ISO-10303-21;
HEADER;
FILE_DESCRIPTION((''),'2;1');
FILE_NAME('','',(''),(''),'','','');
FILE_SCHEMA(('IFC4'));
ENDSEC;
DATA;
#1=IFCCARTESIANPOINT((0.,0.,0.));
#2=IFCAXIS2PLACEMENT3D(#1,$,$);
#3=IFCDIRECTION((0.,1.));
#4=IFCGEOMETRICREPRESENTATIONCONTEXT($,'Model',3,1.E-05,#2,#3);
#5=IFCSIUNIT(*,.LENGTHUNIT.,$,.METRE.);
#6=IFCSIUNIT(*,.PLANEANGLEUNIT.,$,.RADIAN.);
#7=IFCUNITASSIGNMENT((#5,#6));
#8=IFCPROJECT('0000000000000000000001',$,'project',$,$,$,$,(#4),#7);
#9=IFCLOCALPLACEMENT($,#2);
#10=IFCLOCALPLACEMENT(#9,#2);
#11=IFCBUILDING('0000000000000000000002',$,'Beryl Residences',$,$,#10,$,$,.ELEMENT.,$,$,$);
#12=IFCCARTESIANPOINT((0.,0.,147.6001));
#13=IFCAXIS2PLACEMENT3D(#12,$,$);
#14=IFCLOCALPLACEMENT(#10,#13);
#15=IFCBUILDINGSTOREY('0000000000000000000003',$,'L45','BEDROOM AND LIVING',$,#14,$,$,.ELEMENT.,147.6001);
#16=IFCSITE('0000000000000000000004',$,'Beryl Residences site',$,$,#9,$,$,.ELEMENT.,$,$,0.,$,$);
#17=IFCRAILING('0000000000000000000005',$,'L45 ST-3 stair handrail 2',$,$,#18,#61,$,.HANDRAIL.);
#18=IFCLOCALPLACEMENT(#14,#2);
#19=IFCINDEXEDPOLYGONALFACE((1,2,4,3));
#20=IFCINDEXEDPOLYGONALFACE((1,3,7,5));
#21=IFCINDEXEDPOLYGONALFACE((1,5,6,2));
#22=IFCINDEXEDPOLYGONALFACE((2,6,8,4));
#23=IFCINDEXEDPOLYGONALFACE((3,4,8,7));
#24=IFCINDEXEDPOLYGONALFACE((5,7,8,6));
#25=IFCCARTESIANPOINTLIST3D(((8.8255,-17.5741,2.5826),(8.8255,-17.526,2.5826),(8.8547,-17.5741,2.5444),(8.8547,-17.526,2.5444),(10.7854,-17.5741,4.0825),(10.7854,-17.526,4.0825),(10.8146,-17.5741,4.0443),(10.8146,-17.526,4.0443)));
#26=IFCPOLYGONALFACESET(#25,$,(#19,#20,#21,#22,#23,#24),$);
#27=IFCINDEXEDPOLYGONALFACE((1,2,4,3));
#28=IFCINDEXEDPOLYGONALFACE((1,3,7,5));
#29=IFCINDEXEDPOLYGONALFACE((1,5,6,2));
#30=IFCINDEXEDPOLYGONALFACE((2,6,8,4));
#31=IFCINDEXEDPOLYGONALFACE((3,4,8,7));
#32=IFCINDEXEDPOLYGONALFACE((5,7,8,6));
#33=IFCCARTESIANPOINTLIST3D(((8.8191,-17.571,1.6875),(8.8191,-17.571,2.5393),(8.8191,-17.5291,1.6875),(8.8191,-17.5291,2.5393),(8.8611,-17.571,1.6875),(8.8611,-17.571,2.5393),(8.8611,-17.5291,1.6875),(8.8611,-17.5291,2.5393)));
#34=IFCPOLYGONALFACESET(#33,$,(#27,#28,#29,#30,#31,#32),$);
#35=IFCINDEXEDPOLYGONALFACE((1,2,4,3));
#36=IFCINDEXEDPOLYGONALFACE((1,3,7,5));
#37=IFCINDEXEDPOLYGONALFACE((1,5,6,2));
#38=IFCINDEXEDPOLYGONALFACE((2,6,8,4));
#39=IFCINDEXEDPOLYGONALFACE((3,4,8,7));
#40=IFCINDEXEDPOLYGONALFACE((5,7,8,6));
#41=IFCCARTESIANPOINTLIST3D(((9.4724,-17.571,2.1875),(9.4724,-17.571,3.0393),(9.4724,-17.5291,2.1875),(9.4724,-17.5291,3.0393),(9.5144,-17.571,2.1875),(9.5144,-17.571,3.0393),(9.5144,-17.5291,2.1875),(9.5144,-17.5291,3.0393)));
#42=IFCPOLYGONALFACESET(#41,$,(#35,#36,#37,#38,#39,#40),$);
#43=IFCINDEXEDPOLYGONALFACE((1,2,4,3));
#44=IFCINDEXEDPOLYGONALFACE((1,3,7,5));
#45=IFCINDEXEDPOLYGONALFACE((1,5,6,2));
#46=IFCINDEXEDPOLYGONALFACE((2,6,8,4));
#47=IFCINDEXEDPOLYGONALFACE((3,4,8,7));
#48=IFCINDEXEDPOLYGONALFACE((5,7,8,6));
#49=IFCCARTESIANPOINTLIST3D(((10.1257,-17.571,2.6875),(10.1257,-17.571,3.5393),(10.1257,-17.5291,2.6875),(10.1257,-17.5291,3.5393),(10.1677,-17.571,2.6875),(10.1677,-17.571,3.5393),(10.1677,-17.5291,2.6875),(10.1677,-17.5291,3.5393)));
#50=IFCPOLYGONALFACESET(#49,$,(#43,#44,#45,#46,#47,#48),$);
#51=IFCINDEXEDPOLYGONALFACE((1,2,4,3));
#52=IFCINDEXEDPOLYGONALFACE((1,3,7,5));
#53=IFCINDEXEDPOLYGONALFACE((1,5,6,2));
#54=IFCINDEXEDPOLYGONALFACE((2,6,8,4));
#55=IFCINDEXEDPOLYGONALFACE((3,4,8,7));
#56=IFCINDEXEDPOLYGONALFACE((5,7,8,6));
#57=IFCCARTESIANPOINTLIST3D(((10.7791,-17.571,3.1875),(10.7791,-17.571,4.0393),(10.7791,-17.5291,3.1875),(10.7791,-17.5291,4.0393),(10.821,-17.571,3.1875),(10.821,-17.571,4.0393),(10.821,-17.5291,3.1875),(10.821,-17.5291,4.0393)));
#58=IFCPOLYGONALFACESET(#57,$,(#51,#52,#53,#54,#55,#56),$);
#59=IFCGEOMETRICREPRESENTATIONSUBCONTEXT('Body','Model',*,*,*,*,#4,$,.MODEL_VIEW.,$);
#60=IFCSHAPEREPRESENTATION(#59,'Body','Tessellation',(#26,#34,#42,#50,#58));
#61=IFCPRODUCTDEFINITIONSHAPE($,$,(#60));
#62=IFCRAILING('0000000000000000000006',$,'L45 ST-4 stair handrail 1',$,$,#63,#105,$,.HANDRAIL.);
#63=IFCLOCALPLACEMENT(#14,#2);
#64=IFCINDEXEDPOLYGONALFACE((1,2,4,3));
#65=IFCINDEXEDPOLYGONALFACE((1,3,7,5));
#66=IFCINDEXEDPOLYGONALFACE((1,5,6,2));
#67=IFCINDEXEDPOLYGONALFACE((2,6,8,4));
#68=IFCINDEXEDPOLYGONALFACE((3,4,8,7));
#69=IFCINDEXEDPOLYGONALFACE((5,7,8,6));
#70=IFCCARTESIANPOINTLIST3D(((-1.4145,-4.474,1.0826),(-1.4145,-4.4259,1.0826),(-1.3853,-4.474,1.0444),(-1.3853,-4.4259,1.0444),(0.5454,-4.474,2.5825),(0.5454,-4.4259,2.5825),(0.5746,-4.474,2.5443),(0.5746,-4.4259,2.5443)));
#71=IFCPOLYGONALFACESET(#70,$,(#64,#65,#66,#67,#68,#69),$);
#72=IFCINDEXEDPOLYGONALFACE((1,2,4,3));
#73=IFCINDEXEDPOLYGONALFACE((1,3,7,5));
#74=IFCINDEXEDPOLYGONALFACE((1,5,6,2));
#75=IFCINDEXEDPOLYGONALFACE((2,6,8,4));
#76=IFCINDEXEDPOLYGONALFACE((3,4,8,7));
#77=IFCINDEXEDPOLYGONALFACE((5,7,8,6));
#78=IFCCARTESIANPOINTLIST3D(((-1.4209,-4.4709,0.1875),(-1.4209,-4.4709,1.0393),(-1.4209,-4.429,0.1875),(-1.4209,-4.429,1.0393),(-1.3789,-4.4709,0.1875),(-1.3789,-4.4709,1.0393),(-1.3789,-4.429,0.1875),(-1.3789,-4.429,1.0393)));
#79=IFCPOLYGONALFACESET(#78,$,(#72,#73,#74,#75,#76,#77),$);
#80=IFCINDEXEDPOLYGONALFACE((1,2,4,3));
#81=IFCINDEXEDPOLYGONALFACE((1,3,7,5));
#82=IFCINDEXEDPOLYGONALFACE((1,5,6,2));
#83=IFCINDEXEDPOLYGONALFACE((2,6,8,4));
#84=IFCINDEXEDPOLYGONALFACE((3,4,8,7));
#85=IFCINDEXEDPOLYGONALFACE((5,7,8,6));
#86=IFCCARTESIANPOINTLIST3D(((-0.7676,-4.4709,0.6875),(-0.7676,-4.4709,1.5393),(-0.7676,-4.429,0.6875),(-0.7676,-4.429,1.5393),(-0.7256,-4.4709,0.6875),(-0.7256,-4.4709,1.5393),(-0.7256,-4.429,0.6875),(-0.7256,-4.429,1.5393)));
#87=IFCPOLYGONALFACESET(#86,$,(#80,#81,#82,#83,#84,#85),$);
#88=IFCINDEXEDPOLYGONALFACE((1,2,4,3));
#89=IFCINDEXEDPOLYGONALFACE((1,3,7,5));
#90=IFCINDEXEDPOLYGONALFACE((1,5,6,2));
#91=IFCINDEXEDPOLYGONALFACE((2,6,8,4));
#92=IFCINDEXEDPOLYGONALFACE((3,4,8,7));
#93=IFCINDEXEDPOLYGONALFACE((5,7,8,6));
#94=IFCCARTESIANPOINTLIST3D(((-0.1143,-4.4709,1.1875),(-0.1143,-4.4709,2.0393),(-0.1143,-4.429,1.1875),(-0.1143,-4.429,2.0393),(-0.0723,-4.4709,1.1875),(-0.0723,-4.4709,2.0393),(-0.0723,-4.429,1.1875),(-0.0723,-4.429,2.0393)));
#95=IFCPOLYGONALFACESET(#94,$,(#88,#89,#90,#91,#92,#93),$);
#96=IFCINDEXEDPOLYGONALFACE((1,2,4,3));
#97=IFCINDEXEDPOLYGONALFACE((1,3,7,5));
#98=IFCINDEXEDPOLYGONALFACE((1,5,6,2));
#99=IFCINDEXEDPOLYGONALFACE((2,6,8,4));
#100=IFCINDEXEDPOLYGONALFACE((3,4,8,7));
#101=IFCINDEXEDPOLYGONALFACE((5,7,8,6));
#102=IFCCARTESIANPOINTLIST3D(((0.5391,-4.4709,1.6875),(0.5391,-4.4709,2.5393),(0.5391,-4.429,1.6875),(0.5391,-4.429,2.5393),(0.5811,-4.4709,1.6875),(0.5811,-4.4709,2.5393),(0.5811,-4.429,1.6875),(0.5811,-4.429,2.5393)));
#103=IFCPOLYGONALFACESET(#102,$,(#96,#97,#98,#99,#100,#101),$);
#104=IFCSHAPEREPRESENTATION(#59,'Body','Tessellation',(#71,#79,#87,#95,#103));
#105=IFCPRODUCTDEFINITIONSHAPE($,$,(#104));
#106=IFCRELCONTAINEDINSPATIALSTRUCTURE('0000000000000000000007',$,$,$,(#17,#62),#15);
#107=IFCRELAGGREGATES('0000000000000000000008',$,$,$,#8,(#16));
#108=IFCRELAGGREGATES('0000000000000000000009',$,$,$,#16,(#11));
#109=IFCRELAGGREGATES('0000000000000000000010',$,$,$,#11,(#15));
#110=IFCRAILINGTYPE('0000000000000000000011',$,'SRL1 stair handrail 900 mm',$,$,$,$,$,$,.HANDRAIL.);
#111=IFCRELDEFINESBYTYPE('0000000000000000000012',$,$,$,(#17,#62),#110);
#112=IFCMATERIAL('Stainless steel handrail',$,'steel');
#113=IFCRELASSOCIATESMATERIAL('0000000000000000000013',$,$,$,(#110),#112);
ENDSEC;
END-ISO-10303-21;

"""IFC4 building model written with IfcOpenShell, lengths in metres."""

from ifc_helpers import new_model, si_unit, direction, frame, origin, origin_2d, place, context, subcontext, project, spatial, rectangle, extrude, material, type_object, element, save


model = new_model("IFC4")

# Units and contexts
model_context = context("Model", 3, precision=1e-05, world=origin(), true_north=direction((0.0, 1.0)))
body_context = subcontext(model_context, "Body", "Model", "MODEL_VIEW")
ifc_project = project(units=[si_unit("LENGTHUNIT", "METRE"), si_unit("PLANEANGLEUNIT", "RADIAN")], contexts=[model_context])

# Site, building, storey
site_placement = place(None, origin())
site = spatial("IfcSite", under=ifc_project, at=site_placement, Name="Beryl Residences site", CompositionType="ELEMENT", RefElevation=0.0)
building_placement = place(site_placement, origin())
building = spatial("IfcBuilding", under=site, at=building_placement, Name="Beryl Residences", CompositionType="ELEMENT")
storey_placement = place(building_placement, frame((0.0, 0.0, 147.6001)))
storey = spatial("IfcBuildingStorey", under=building, at=storey_placement, Name="L45", Description="BEDROOM AND LIVING", CompositionType="ELEMENT", Elevation=147.6001)

# Railings
ifc_material_1 = material(Name="Stainless steel handrail", Category="steel")
railing_type_1 = type_object("IfcRailingType", Name="SRL1 stair handrail 900 mm", PredefinedType="HANDRAIL", material=ifc_material_1)
for number, where, name in (
    (1, (8.8401, -17.55, 1.6875), "L45 ST-3 stair handrail 2"),
    (2, (-1.3999, -4.45, 0.1875), "L45 ST-4 stair handrail 1"),
):
    element("IfcRailing", number, at=place(storey_placement, frame(where)), inside=storey, type_object=railing_type_1, Name=name, PredefinedType="HANDRAIL", context=body_context, shape_type="SweptSolid", body=[
        extrude(rectangle(XDim=0.0481, YDim=0.0481, at=origin_2d()), frame((0.0, 0.0, 0.876), z_axis=(0.794122, 0.0, 0.607758), x_axis=(0.0, 1.0, 0.0)), (0.0, 0.0, 1.0), 2.468),
        extrude(rectangle(XDim=0.042, YDim=0.042, at=origin_2d()), origin(), (0.0, 0.0, 1.0), 0.8518),
        extrude(rectangle(XDim=0.042, YDim=0.042, at=origin_2d()), frame((0.6533, 0.0, 0.5)), (0.0, 0.0, 1.0), 0.8518),
        extrude(rectangle(XDim=0.042, YDim=0.042, at=origin_2d()), frame((1.3066, 0.0, 1.0)), (0.0, 0.0, 1.0), 0.8518),
        extrude(rectangle(XDim=0.042, YDim=0.042, at=origin_2d()), frame((1.96, 0.0, 1.5)), (0.0, 0.0, 1.0), 0.8518),
    ])

save(model, "model.ifc")
